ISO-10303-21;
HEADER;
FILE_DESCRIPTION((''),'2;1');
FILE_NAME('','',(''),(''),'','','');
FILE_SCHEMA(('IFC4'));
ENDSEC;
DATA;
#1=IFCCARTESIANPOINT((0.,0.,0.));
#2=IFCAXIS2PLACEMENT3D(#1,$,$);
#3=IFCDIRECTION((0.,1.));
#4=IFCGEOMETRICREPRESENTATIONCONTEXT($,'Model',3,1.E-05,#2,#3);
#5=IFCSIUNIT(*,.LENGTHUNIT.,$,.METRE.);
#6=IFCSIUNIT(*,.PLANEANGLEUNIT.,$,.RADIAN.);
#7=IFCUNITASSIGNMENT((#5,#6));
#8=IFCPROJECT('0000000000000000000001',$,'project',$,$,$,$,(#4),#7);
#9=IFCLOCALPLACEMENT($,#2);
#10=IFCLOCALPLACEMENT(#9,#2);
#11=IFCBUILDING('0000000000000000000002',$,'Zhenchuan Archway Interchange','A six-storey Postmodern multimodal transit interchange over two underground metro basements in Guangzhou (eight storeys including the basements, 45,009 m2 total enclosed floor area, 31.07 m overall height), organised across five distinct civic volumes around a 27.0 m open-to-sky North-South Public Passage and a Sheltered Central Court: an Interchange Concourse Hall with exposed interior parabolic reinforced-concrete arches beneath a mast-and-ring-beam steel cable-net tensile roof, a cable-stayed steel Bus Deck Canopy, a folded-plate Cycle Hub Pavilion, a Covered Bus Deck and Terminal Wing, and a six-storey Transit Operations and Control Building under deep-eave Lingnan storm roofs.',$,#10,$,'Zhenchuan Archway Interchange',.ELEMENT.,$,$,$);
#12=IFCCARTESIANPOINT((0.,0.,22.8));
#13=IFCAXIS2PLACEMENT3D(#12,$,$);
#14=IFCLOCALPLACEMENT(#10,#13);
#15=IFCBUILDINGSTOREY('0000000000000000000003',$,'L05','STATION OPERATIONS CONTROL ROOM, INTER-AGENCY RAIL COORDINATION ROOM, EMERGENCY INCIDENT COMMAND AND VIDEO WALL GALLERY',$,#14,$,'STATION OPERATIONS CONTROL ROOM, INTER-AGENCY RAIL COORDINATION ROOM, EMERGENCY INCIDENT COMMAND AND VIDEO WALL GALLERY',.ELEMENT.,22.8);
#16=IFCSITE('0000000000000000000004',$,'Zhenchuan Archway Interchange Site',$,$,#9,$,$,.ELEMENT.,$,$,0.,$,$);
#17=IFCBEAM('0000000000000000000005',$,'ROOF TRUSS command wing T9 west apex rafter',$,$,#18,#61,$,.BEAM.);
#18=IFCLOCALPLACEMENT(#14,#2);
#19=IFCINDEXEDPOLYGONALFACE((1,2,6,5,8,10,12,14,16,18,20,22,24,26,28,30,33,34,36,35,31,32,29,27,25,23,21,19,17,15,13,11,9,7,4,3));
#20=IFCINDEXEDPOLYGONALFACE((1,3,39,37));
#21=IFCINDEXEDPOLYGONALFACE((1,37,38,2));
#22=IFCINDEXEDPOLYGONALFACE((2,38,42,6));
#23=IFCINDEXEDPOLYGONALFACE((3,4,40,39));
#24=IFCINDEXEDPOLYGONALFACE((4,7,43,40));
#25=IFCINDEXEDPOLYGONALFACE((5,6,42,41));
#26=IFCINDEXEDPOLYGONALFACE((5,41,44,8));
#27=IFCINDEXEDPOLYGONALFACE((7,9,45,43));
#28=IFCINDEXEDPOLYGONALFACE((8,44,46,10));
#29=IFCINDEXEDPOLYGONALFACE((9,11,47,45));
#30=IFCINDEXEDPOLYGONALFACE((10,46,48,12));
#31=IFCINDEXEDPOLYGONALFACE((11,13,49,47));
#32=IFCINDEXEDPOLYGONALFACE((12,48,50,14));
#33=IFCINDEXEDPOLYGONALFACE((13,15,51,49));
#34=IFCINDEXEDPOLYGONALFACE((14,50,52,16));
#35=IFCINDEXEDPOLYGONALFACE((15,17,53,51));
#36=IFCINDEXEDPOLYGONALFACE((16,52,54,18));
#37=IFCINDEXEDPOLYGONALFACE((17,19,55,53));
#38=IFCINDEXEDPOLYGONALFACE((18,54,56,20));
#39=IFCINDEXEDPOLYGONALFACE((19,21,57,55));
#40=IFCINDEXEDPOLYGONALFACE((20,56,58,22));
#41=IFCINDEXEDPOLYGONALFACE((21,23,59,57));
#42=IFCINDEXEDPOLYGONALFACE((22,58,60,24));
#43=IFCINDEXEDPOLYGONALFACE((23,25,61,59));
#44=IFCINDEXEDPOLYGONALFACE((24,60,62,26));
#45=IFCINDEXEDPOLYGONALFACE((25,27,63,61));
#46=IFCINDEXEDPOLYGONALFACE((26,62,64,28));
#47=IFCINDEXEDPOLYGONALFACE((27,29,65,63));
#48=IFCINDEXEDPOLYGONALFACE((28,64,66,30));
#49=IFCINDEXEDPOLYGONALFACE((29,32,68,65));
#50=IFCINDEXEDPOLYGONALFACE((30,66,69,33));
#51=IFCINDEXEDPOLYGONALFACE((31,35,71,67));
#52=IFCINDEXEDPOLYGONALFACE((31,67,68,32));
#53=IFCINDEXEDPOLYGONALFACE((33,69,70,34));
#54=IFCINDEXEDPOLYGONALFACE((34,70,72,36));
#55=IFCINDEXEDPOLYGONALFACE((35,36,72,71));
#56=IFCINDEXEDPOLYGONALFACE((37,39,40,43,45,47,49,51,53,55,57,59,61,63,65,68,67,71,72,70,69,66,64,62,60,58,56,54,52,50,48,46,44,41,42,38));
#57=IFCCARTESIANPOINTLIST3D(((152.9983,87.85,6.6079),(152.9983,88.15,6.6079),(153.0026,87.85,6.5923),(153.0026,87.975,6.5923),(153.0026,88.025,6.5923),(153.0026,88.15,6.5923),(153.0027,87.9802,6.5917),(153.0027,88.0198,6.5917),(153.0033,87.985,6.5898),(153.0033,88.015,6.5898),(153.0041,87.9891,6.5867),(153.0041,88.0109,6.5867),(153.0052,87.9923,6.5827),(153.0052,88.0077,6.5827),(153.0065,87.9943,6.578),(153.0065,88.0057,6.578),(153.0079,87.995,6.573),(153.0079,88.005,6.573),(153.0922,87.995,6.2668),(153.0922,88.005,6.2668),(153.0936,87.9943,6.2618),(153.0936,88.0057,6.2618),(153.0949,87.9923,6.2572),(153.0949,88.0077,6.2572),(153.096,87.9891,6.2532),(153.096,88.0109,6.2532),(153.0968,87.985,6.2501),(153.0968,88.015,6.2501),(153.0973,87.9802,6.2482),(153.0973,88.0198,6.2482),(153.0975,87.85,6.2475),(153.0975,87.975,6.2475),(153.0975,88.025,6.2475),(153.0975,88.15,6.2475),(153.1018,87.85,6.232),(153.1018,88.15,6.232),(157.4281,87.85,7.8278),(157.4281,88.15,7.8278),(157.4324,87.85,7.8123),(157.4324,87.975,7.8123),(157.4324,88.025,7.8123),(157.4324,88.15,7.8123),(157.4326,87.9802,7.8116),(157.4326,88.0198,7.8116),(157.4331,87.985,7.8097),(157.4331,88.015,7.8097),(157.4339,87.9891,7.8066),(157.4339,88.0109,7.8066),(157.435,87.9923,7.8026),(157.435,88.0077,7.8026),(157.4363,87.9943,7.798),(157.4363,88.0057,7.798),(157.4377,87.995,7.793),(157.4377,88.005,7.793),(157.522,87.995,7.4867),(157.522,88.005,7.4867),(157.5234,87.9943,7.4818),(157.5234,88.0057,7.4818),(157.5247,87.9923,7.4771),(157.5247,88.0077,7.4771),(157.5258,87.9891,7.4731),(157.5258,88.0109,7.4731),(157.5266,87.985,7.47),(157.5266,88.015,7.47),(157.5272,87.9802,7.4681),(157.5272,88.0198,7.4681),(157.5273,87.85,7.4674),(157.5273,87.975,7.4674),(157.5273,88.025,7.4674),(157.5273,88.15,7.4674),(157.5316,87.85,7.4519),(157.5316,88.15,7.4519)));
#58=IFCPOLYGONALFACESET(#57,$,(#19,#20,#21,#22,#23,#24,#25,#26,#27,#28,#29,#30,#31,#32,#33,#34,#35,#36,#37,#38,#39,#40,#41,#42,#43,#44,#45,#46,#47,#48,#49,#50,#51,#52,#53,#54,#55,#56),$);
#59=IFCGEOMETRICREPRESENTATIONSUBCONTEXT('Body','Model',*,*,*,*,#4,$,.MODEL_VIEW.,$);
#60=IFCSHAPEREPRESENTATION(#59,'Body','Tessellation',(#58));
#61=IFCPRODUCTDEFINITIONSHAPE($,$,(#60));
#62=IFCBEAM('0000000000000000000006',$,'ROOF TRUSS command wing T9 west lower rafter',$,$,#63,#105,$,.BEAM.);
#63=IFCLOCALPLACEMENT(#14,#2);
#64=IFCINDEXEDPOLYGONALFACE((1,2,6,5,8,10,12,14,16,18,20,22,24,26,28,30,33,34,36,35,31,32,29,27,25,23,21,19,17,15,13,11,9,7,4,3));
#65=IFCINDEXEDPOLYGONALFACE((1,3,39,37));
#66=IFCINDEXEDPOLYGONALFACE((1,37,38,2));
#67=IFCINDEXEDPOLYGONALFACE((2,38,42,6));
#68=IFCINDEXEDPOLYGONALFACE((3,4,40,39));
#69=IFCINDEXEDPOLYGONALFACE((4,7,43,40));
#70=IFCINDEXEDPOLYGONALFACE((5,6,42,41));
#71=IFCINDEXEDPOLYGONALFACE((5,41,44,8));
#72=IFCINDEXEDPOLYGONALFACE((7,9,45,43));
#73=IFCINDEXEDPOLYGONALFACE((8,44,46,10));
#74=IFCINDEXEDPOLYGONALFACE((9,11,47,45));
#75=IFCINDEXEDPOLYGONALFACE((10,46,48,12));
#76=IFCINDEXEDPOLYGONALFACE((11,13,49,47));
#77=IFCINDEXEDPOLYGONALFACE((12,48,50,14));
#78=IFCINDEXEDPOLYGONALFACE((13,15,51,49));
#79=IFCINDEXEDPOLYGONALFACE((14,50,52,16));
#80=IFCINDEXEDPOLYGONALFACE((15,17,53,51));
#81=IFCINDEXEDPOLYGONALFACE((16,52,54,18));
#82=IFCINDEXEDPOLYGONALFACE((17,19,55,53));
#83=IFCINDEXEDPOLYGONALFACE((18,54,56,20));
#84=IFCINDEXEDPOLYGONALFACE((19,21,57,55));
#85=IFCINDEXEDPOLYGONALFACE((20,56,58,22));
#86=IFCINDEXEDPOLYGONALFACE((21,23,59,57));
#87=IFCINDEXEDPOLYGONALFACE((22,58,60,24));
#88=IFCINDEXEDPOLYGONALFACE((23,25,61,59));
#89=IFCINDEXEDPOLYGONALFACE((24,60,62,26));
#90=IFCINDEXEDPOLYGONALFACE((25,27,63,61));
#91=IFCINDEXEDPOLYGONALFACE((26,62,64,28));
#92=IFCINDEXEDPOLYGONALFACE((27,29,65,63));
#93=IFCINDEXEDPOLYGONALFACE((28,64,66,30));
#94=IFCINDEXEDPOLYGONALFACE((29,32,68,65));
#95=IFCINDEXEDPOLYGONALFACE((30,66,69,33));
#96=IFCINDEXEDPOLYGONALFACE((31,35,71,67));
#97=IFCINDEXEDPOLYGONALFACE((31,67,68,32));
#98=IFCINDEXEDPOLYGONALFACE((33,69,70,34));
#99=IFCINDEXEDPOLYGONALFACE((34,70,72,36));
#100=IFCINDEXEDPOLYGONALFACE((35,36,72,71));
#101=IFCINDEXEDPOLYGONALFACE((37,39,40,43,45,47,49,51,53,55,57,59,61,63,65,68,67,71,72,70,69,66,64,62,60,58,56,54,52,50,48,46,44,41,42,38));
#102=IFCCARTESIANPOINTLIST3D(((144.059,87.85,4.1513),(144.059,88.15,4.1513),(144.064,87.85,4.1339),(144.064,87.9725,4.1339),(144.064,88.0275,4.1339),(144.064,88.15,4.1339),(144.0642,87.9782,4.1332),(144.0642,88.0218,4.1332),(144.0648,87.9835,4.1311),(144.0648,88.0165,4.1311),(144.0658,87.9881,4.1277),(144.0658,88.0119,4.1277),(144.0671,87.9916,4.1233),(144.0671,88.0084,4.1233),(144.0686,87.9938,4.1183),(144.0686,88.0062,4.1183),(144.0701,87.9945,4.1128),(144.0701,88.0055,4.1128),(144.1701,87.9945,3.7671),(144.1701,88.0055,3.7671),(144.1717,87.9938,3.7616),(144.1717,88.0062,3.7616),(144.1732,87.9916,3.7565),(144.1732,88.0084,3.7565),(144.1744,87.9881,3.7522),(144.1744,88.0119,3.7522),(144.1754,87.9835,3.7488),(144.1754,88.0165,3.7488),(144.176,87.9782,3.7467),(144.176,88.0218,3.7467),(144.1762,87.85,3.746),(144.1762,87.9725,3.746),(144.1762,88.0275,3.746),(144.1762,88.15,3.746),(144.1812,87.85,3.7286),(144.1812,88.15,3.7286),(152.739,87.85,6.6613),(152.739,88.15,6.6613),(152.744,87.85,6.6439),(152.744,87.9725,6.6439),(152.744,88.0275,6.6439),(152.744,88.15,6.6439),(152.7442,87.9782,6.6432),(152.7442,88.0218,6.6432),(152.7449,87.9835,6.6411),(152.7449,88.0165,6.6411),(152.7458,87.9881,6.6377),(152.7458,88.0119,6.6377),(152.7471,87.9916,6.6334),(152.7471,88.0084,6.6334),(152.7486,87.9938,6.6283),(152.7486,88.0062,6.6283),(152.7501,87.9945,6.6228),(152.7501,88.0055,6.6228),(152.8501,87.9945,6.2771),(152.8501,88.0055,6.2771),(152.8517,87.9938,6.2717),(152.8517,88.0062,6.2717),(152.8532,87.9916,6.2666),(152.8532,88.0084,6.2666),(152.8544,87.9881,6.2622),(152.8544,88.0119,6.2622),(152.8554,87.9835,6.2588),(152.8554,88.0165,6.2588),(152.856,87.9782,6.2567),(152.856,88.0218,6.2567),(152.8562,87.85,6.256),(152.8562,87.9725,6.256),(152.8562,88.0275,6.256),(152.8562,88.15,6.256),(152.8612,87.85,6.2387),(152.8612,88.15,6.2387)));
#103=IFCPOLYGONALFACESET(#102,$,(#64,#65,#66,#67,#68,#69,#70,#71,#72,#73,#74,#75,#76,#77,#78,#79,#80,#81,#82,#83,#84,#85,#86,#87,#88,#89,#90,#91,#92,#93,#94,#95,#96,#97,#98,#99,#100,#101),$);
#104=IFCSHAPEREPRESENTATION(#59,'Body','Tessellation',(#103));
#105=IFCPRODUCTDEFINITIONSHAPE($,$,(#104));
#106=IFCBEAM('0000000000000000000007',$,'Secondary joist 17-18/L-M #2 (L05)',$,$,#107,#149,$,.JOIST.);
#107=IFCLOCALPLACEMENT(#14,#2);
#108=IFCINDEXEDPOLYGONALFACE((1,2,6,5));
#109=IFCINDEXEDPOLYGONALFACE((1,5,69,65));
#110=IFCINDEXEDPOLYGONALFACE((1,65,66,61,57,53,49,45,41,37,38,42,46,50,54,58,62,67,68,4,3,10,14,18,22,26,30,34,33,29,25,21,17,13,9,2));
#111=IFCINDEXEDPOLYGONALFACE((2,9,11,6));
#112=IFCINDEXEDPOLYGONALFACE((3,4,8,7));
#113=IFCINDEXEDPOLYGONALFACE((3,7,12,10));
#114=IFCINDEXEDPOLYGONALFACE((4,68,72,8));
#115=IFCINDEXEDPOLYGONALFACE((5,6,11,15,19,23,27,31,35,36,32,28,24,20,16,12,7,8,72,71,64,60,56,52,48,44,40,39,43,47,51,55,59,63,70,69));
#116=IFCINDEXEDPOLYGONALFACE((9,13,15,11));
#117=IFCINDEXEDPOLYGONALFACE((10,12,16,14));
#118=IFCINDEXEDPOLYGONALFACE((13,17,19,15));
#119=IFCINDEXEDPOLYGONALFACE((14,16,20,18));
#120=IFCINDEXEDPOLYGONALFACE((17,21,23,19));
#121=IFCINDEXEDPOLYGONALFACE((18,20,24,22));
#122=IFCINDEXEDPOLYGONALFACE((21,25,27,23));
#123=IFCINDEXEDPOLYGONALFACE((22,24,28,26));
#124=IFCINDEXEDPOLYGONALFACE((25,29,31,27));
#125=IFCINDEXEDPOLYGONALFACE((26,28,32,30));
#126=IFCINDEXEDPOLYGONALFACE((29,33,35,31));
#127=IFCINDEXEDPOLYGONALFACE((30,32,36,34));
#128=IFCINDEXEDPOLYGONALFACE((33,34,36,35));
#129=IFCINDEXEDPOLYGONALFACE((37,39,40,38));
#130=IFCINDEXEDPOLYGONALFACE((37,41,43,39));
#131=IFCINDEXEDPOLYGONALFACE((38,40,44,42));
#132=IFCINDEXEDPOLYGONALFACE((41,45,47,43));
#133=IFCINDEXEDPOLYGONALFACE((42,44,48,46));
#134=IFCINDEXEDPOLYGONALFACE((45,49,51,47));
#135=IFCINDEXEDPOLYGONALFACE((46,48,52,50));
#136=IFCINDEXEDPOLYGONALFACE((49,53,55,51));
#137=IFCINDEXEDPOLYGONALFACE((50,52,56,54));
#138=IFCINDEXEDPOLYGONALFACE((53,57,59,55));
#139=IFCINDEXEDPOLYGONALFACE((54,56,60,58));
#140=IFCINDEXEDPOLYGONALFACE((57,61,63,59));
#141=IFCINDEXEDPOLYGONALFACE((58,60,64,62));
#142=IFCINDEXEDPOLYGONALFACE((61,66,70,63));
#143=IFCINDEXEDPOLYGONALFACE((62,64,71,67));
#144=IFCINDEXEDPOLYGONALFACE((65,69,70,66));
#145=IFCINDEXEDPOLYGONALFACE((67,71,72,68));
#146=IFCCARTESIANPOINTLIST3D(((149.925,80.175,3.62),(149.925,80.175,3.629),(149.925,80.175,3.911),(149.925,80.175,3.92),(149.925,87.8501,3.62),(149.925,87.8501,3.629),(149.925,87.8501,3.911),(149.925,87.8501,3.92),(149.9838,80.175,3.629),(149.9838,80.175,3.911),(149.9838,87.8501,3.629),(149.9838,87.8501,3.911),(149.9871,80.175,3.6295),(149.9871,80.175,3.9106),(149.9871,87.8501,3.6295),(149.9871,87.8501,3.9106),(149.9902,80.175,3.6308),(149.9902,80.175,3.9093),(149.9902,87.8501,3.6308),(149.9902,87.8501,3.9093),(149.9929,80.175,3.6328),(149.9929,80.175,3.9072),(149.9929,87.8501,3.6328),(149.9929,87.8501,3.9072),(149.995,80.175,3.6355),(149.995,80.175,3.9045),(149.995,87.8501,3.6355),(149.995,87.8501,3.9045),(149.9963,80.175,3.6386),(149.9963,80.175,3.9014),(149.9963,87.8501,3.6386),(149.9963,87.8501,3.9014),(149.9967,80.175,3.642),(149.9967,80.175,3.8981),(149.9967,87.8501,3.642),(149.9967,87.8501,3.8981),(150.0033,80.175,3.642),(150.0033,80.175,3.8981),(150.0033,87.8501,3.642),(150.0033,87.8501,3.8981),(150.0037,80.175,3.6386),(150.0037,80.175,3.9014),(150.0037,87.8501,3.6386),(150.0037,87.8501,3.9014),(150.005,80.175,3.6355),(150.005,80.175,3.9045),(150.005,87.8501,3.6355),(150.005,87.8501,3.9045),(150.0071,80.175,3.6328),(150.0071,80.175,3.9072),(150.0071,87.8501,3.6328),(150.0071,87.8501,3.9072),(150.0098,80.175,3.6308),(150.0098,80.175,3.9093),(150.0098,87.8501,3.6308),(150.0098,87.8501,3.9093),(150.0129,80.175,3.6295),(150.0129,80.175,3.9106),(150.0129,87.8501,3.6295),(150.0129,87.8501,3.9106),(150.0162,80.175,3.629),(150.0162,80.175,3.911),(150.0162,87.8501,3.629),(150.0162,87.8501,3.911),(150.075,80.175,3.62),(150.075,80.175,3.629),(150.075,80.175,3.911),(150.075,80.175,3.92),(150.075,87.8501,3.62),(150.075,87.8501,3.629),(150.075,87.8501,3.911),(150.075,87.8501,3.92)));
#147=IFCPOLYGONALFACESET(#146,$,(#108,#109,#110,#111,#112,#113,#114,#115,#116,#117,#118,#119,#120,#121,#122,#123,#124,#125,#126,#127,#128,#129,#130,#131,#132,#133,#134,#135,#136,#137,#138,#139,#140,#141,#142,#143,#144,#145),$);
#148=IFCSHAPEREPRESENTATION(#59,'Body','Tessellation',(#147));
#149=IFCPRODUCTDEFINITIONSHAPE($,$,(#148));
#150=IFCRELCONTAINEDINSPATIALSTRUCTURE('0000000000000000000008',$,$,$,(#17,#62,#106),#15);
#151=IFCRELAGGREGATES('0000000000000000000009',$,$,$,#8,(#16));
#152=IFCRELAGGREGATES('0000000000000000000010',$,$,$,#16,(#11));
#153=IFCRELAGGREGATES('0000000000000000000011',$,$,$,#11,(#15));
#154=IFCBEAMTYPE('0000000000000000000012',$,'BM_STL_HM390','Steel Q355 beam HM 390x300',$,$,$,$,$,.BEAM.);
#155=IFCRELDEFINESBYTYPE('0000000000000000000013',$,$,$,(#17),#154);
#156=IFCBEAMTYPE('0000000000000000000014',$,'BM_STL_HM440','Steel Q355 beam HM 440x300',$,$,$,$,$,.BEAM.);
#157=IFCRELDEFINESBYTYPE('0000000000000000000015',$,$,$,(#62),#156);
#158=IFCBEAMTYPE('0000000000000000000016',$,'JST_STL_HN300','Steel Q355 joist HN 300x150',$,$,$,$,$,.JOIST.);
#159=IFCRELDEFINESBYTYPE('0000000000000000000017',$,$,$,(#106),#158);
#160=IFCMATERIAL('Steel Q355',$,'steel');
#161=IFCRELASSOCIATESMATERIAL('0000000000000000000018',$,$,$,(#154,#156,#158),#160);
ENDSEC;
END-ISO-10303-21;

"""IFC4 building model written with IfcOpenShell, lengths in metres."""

from ifc_helpers import new_model, si_unit, direction, frame, origin, origin_2d, place, context, subcontext, project, spatial, i_section, extrude, material, material_profile, profile_set, type_object, element, save


model = new_model("IFC4")

# Units and contexts
model_context = context("Model", 3, precision=1e-05, world=origin(), true_north=direction((0.0, 1.0)))
body_context = subcontext(model_context, "Body", "Model", "MODEL_VIEW")
ifc_project = project(units=[si_unit("LENGTHUNIT", "METRE"), si_unit("PLANEANGLEUNIT", "RADIAN")], contexts=[model_context])

# Site, building, storey
site_placement = place(None, origin())
site = spatial("IfcSite", under=ifc_project, at=site_placement, Name="Zhenchuan Archway Interchange Site", CompositionType="ELEMENT", RefElevation=0.0)
building_placement = place(site_placement, origin())
building = spatial("IfcBuilding", under=site, at=building_placement, Name="Zhenchuan Archway Interchange", Description="A six-storey Postmodern multimodal transit interchange over two underground metro basements in Guangzhou (eight storeys including the basements, 45,009 m2 total enclosed floor area, 31.07 m overall height), organised across five distinct civic volumes around a 27.0 m open-to-sky North-South Public Passage and a Sheltered Central Court: an Interchange Concourse Hall with exposed interior parabolic reinforced-concrete arches beneath a mast-and-ring-beam steel cable-net tensile roof, a cable-stayed steel Bus Deck Canopy, a folded-plate Cycle Hub Pavilion, a Covered Bus Deck and Terminal Wing, and a six-storey Transit Operations and Control Building under deep-eave Lingnan storm roofs.", LongName="Zhenchuan Archway Interchange", CompositionType="ELEMENT")
storey_placement = place(building_placement, frame((0.0, 0.0, 22.8)))
storey = spatial("IfcBuildingStorey", under=building, at=storey_placement, Name="L05", Description="STATION OPERATIONS CONTROL ROOM, INTER-AGENCY RAIL COORDINATION ROOM, EMERGENCY INCIDENT COMMAND AND VIDEO WALL GALLERY", LongName="STATION OPERATIONS CONTROL ROOM, INTER-AGENCY RAIL COORDINATION ROOM, EMERGENCY INCIDENT COMMAND AND VIDEO WALL GALLERY", CompositionType="ELEMENT", Elevation=22.8)

# Shared definitions
ifc_material_1 = material(Name="Steel Q355", Category="steel")

# Beams
ifc_material_profile_1 = material_profile(ifc_material_1, i_section(OverallWidth=0.3, OverallDepth=0.3899, WebThickness=0.01, FlangeThickness=0.0161, FilletRadius=0.02, at=origin_2d()), Name="HM 390x300")
ifc_profile_set_1 = profile_set([ifc_material_profile_1], Name="Steel Q355")
beam_type_1 = type_object("IfcBeamType", Name="BM_STL_HM390", Description="Steel Q355 beam HM 390x300", PredefinedType="BEAM", material=ifc_profile_set_1)
beam_1_placement = place(storey_placement, frame((153.05, 88.0, 6.4199), z_axis=(0.964109, 0.0, 0.265508), x_axis=(0.0, 1.0, 0.0)))
element("IfcBeam", 1, at=beam_1_placement, inside=storey, type_object=beam_type_1, Name="ROOF TRUSS command wing T9 west apex rafter", PredefinedType="BEAM", context=body_context, shape_type="SweptSolid", body=[
    extrude(i_section(OverallWidth=0.3, OverallDepth=0.3899, WebThickness=0.01, FlangeThickness=0.0161, FilletRadius=0.02, at=origin_2d()), origin(), (0.0, 0.0, 1.0), 4.5947),
])
ifc_material_profile_2 = material_profile(ifc_material_1, i_section(OverallWidth=0.3, OverallDepth=0.4399, WebThickness=0.011, FlangeThickness=0.0181, FilletRadius=0.022, at=origin_2d()), Name="HM 440x300")
ifc_profile_set_2 = profile_set([ifc_material_profile_2], Name="Steel Q355")
beam_type_2 = type_object("IfcBeamType", Name="BM_STL_HM440", Description="Steel Q355 beam HM 440x300", PredefinedType="BEAM", material=ifc_profile_set_2)
beam_2_placement = place(storey_placement, frame((144.1201, 88.0, 3.9399), z_axis=(0.960641, 0.0, 0.277792), x_axis=(0.0, 1.0, 0.0)))
element("IfcBeam", 2, at=beam_2_placement, inside=storey, type_object=beam_type_2, Name="ROOF TRUSS command wing T9 west lower rafter", PredefinedType="BEAM", context=body_context, shape_type="SweptSolid", body=[
    extrude(i_section(OverallWidth=0.3, OverallDepth=0.4399, WebThickness=0.011, FlangeThickness=0.0181, FilletRadius=0.022, at=origin_2d()), origin(), (0.0, 0.0, 1.0), 9.0356),
])
ifc_material_profile_3 = material_profile(ifc_material_1, i_section(OverallWidth=0.1499, OverallDepth=0.3, WebThickness=0.0066, FlangeThickness=0.009, FilletRadius=0.0129, at=origin_2d()), Name="HN 300x150")
ifc_profile_set_3 = profile_set([ifc_material_profile_3], Name="Steel Q355")
beam_type_3 = type_object("IfcBeamType", Name="JST_STL_HN300", Description="Steel Q355 joist HN 300x150", PredefinedType="JOIST", material=ifc_profile_set_3)
beam_3_placement = place(storey_placement, frame((150.0, 80.175, 3.77), z_axis=(0.0, 1.0, 0.0), x_axis=(-1.0, 0.0, 0.0)))
element("IfcBeam", 3, at=beam_3_placement, inside=storey, type_object=beam_type_3, Name="Secondary joist 17-18/L-M #2 (L05)", PredefinedType="JOIST", context=body_context, shape_type="SweptSolid", body=[
    extrude(i_section(OverallWidth=0.1499, OverallDepth=0.3, WebThickness=0.0066, FlangeThickness=0.009, FilletRadius=0.0129, at=origin_2d()), origin(), (0.0, 0.0, 1.0), 7.675),
])

save(model, "model.ifc")
